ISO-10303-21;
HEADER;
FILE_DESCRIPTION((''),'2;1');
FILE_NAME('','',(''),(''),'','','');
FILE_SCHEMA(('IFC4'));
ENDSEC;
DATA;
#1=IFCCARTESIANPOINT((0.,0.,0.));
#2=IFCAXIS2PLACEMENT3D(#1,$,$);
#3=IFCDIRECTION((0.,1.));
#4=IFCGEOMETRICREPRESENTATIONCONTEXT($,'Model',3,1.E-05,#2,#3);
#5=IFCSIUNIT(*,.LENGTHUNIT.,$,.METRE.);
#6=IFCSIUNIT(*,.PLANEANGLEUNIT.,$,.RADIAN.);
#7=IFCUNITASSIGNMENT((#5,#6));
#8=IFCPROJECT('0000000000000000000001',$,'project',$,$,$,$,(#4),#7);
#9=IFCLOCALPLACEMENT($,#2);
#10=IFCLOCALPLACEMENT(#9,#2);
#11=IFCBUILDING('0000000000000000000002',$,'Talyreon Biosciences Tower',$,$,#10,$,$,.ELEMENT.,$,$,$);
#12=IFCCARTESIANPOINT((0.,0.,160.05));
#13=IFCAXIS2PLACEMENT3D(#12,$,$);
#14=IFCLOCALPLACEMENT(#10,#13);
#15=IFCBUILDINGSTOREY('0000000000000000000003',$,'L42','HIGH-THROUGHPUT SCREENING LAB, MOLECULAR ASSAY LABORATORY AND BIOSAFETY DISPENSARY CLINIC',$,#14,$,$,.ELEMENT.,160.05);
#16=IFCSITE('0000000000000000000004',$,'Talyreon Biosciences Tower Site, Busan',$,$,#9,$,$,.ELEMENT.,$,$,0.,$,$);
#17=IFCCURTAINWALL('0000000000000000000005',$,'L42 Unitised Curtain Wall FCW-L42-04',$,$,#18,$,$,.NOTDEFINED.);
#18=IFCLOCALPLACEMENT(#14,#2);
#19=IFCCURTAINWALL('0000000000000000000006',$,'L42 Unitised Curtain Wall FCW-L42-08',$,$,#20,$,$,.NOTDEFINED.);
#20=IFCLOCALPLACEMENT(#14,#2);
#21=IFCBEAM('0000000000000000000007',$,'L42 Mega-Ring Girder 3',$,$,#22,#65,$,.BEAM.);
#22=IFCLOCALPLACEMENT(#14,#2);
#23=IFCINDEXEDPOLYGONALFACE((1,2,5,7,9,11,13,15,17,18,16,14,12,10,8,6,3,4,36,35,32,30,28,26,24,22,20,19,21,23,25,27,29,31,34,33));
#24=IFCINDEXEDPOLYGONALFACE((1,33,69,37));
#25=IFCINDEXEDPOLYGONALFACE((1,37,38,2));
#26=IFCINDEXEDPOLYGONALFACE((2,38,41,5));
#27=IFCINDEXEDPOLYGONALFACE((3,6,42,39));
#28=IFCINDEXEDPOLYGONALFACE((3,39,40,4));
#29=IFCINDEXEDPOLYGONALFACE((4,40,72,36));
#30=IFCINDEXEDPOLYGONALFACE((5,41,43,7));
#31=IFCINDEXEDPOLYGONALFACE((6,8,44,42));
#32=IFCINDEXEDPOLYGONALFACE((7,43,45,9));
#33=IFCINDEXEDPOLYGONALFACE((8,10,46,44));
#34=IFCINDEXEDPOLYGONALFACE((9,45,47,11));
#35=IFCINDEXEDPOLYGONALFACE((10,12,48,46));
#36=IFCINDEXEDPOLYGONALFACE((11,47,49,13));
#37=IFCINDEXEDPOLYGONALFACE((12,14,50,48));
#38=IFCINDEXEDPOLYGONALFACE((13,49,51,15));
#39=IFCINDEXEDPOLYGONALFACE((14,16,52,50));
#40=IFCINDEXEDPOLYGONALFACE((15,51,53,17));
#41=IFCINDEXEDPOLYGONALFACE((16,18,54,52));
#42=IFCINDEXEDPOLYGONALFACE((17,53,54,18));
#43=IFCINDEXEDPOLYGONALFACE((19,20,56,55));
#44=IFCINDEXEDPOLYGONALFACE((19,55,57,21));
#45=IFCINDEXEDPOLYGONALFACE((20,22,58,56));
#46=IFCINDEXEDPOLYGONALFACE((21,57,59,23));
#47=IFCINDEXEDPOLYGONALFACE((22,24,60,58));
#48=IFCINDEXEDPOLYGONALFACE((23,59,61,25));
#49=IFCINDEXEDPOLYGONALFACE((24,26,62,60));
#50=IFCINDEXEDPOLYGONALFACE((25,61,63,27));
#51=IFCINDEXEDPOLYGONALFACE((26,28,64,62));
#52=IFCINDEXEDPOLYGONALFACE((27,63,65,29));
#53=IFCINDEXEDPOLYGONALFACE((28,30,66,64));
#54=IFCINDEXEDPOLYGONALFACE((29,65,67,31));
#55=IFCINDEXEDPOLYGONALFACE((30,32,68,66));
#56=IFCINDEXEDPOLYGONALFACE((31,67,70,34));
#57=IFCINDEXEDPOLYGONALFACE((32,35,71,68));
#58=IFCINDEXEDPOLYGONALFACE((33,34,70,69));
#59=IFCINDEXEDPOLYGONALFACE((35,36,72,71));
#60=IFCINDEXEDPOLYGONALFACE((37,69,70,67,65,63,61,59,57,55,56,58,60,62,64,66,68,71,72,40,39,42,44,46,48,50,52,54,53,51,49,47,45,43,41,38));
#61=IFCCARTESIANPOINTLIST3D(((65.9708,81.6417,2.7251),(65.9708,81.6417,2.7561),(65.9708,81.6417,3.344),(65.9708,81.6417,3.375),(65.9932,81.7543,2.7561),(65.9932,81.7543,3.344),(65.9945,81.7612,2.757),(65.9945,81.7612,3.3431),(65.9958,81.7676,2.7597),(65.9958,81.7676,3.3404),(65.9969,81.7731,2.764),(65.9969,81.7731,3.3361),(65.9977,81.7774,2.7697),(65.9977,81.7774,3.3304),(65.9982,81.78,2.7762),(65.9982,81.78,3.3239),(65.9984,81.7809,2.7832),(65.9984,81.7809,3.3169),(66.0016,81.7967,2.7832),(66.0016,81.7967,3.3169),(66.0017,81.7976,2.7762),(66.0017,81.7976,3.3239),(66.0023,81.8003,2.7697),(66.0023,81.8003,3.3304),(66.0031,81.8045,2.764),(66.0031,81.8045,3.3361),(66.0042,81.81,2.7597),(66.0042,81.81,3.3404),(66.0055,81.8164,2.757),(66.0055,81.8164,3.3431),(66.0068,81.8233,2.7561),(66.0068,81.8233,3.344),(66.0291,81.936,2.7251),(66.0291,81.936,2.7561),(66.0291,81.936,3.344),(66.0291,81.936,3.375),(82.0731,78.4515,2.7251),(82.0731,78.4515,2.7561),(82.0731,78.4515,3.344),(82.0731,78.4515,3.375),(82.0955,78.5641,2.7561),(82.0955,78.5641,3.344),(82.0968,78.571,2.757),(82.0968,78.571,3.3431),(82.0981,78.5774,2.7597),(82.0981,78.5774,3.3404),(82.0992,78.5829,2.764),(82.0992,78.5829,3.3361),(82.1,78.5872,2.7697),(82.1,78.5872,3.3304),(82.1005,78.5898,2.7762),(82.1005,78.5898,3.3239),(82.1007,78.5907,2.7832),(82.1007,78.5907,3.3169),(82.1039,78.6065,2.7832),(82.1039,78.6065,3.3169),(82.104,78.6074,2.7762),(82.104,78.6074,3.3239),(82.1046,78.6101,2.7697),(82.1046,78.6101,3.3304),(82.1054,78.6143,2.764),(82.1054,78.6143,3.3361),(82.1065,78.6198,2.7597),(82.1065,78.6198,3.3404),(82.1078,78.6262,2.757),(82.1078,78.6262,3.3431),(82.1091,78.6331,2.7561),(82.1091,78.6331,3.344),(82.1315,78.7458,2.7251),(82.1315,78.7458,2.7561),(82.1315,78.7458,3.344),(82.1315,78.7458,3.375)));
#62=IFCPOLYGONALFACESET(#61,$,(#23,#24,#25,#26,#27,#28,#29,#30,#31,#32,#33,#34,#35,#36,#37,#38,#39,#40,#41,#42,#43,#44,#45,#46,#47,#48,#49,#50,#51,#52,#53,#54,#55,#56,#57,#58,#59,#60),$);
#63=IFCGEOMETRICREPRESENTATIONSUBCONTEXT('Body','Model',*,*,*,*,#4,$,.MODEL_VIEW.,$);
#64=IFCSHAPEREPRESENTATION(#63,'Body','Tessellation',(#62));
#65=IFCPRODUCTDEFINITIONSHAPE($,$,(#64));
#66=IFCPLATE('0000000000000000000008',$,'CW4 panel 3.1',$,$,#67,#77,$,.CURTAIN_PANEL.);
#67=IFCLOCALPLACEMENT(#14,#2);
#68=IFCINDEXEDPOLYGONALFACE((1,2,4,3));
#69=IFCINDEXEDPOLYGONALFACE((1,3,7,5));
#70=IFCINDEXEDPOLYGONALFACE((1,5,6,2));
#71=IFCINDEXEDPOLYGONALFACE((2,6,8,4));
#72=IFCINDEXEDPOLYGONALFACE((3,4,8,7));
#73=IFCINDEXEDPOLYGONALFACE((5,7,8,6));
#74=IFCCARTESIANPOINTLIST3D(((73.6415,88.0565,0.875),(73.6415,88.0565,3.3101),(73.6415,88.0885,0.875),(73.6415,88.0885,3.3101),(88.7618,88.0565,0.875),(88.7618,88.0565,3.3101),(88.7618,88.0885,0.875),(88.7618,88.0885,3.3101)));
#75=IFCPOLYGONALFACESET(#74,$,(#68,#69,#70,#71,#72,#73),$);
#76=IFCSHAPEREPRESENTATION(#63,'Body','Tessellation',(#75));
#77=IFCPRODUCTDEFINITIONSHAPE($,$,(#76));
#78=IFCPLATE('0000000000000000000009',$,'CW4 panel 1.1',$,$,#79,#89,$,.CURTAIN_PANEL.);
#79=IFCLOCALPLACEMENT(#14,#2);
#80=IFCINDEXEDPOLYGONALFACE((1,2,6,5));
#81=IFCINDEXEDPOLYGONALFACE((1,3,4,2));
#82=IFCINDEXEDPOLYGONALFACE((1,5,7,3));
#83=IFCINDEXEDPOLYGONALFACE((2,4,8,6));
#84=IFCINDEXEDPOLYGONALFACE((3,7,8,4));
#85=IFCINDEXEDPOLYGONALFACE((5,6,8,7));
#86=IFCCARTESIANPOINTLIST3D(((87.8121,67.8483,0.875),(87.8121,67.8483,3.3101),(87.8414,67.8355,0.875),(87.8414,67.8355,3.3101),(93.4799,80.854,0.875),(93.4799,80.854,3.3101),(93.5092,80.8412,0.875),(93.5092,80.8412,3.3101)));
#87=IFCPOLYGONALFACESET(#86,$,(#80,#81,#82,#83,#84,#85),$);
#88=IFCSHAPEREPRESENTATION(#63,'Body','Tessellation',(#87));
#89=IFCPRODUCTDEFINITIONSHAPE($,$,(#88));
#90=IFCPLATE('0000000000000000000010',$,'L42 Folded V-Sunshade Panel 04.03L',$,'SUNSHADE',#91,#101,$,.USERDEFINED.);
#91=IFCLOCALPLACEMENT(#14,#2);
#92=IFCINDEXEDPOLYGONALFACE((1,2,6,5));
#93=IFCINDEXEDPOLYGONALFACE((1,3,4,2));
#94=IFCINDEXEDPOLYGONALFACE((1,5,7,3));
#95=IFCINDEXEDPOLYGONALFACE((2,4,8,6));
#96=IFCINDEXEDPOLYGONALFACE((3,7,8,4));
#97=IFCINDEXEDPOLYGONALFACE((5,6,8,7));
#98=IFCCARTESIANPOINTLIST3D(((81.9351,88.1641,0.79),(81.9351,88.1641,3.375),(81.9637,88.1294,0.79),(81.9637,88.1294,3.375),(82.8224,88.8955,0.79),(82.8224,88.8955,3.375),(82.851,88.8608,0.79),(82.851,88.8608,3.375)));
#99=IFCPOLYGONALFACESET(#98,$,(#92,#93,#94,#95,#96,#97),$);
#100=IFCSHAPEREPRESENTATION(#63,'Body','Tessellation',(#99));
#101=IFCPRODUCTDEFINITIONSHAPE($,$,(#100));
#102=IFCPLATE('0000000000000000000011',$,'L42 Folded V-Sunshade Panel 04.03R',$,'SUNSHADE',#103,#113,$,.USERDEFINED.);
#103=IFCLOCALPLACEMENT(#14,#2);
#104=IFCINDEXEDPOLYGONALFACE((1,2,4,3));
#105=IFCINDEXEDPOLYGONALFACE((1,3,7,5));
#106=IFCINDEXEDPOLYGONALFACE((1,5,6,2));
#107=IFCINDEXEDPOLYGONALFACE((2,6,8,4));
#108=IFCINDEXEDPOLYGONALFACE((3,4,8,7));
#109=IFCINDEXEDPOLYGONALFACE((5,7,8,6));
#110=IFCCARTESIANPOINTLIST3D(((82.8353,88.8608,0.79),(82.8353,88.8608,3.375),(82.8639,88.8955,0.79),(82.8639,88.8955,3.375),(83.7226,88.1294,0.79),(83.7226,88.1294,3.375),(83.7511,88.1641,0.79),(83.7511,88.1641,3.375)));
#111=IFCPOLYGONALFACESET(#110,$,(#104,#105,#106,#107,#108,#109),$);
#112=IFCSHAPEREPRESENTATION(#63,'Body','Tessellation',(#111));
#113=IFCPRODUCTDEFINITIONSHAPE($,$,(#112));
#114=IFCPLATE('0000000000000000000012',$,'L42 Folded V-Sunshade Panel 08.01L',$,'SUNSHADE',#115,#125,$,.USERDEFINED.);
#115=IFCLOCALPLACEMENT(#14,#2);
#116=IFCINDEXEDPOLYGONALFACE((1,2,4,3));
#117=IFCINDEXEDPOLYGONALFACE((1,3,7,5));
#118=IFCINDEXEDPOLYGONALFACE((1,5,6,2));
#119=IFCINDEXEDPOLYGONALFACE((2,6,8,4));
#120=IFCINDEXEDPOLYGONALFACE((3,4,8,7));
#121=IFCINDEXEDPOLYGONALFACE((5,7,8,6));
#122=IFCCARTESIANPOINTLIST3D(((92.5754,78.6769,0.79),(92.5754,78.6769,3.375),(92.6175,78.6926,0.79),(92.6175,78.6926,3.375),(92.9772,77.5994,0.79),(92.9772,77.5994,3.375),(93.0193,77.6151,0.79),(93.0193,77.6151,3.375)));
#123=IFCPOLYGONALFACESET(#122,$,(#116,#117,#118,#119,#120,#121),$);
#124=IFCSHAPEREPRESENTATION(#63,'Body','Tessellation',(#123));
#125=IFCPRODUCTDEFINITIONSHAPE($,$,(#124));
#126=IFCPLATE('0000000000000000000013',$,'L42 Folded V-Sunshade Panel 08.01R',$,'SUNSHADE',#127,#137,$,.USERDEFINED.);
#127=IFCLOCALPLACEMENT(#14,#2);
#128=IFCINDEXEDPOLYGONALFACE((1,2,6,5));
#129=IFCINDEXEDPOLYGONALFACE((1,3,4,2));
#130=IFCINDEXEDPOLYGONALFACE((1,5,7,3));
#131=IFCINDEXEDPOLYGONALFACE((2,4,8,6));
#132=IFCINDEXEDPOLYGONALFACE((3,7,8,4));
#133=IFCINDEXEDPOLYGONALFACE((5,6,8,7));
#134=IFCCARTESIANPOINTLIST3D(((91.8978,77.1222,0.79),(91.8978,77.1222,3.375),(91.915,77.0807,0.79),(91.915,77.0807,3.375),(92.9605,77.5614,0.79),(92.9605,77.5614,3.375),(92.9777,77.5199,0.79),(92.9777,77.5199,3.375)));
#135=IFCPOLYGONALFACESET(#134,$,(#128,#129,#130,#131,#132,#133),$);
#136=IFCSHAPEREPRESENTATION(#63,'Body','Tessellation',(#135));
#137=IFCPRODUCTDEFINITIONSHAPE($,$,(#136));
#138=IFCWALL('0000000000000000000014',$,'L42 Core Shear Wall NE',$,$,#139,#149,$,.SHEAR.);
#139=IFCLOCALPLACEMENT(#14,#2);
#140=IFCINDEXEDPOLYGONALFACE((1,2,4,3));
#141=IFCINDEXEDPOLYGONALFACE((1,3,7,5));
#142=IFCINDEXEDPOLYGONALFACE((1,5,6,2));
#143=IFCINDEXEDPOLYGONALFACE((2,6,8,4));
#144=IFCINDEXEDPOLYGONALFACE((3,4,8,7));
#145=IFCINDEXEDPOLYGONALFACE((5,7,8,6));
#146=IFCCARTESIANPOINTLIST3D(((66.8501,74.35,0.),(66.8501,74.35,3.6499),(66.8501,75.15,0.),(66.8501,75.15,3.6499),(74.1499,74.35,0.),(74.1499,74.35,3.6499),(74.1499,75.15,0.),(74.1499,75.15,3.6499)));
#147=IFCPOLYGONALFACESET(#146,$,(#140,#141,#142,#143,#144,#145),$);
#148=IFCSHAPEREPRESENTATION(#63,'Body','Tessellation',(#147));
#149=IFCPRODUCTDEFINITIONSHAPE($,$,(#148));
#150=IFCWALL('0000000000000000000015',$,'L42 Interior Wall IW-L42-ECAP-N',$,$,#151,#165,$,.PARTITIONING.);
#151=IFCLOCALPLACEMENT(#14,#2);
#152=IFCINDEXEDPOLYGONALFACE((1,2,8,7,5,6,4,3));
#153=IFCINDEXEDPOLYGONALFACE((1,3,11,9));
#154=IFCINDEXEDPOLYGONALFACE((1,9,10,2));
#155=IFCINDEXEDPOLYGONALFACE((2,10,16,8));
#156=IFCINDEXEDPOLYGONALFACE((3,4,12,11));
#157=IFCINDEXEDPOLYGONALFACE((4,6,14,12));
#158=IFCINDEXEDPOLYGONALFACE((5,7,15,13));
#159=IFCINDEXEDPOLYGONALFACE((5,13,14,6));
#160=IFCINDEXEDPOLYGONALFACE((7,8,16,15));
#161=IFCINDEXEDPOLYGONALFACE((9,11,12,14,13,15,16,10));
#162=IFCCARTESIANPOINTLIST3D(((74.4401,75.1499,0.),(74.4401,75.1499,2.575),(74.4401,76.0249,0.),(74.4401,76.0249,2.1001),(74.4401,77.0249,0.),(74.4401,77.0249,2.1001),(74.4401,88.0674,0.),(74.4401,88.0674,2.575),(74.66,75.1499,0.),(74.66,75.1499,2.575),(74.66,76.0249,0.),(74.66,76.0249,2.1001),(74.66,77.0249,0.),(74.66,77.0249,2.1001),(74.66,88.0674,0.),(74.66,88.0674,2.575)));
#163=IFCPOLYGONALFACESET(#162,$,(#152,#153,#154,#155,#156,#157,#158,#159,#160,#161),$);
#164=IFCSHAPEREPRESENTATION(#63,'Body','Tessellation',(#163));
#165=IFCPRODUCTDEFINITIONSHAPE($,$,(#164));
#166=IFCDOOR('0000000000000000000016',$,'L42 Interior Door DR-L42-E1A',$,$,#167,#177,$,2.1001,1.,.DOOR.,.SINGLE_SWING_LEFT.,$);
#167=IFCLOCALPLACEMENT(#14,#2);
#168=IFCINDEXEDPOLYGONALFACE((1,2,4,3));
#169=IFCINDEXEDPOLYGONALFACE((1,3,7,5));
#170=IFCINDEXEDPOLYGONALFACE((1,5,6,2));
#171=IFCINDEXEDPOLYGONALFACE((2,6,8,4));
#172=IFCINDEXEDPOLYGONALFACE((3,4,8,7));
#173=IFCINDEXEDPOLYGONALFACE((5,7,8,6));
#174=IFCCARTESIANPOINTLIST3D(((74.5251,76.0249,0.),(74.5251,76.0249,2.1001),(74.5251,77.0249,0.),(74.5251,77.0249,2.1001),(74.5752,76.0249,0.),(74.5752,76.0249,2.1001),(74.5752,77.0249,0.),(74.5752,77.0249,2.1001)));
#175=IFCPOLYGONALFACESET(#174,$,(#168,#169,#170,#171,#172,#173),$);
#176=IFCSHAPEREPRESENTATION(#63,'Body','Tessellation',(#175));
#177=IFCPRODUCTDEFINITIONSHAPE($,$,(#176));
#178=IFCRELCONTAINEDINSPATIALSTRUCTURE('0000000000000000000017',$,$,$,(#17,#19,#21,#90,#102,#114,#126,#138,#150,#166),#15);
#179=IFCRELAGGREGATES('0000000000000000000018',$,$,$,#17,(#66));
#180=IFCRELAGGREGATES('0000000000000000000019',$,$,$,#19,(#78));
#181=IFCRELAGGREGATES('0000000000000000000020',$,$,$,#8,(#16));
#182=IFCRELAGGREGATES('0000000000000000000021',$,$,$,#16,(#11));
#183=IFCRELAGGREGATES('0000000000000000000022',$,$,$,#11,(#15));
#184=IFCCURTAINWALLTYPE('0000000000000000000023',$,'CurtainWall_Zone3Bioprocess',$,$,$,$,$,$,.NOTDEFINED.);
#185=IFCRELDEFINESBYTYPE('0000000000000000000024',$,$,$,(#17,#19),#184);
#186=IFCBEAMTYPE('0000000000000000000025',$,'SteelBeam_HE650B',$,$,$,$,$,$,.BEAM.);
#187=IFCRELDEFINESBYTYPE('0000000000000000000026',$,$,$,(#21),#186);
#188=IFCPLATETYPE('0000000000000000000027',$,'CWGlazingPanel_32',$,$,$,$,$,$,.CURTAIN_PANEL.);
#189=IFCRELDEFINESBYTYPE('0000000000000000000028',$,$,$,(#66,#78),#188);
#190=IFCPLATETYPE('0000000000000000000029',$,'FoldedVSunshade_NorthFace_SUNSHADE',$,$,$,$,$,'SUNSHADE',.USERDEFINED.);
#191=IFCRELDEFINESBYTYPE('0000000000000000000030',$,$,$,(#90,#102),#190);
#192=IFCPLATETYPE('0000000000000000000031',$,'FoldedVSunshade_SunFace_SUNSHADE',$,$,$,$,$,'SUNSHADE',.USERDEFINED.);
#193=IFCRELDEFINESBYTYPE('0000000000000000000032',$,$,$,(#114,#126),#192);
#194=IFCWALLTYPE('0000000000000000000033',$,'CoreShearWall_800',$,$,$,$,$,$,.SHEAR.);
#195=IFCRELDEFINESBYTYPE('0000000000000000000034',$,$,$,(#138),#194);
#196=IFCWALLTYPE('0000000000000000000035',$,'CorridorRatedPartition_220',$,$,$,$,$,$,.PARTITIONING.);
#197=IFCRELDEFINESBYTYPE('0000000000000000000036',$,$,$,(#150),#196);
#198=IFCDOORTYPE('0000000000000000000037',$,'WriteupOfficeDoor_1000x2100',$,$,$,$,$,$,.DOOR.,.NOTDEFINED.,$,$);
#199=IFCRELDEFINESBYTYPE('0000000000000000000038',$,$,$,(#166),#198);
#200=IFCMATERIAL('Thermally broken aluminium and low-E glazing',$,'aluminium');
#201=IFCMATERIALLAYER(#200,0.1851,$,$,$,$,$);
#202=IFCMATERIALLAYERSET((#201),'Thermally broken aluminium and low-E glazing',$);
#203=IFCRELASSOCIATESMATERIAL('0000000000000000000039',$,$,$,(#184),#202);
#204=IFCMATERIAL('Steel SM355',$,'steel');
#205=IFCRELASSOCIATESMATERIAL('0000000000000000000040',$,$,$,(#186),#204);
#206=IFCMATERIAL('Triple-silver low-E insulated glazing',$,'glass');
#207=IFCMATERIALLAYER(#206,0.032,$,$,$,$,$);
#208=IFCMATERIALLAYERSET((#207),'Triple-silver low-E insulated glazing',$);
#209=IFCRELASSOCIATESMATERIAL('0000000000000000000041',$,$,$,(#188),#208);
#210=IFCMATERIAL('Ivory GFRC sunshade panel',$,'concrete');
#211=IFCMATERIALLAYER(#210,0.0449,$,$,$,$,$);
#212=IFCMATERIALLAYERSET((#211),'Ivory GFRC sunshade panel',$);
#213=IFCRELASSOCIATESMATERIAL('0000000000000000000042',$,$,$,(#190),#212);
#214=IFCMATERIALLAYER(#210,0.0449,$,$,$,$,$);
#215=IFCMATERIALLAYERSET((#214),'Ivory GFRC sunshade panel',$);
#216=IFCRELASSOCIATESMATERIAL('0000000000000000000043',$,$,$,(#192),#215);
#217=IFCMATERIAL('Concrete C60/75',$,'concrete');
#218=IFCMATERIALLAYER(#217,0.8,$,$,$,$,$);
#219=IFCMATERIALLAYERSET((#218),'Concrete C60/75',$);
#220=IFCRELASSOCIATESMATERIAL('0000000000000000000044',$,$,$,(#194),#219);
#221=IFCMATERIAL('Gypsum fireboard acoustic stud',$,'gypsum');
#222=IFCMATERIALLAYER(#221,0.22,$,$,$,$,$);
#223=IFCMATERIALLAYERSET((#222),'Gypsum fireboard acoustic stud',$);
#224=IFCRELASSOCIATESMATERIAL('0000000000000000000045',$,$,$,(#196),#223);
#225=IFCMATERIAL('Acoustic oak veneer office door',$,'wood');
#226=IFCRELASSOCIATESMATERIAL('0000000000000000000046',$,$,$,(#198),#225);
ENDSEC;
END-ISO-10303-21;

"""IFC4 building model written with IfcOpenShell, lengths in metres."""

from ifc_helpers import new_model, si_unit, direction, frame, frame_2d, origin, origin_2d, place, context, subcontext, project, spatial, rectangle, i_section, extrude, material, layer, layer_set, material_profile, profile_set, type_object, element, fill, aggregate, save


model = new_model("IFC4")

# Units and contexts
model_context = context("Model", 3, precision=1e-05, world=origin(), true_north=direction((0.0, 1.0)))
body_context = subcontext(model_context, "Body", "Model", "MODEL_VIEW")
ifc_project = project(units=[si_unit("LENGTHUNIT", "METRE"), si_unit("PLANEANGLEUNIT", "RADIAN")], contexts=[model_context])

# Site, building, storey
site_placement = place(None, origin())
site = spatial("IfcSite", under=ifc_project, at=site_placement, Name="Talyreon Biosciences Tower Site, Busan", CompositionType="ELEMENT", RefElevation=0.0)
building_placement = place(site_placement, origin())
building = spatial("IfcBuilding", under=site, at=building_placement, Name="Talyreon Biosciences Tower", CompositionType="ELEMENT")
storey_placement = place(building_placement, frame((0.0, 0.0, 160.05)))
storey = spatial("IfcBuildingStorey", under=building, at=storey_placement, Name="L42", Description="HIGH-THROUGHPUT SCREENING LAB, MOLECULAR ASSAY LABORATORY AND BIOSAFETY DISPENSARY CLINIC", CompositionType="ELEMENT", Elevation=160.05)

# Shared definitions
ifc_material_1 = material(Name="Concrete C60/75", Category="concrete")

# Curtain wall
ifc_material_2 = material(Name="Thermally broken aluminium and low-E glazing", Category="aluminium")
ifc_layer_1 = layer(ifc_material_2, 0.1851)
ifc_layer_set_1 = layer_set([ifc_layer_1], Name="Thermally broken aluminium and low-E glazing")
curtain_wall_type = type_object("IfcCurtainWallType", Name="CurtainWall_Zone3Bioprocess", PredefinedType="NOTDEFINED", material=ifc_layer_set_1)
curtain_wall_1_placement = place(storey_placement, origin())
curtain_wall_1 = element("IfcCurtainWall", 1, at=curtain_wall_1_placement, inside=storey, type_object=curtain_wall_type, Name="L42 Unitised Curtain Wall FCW-L42-04", PredefinedType="NOTDEFINED")

# Curtain wall
curtain_wall_2_placement = place(storey_placement, origin())
curtain_wall_2 = element("IfcCurtainWall", 2, at=curtain_wall_2_placement, inside=storey, type_object=curtain_wall_type, Name="L42 Unitised Curtain Wall FCW-L42-08", PredefinedType="NOTDEFINED")

# Beam
ifc_material_3 = material(Name="Steel SM355", Category="steel")
ifc_material_profile_1 = material_profile(ifc_material_3, i_section(OverallWidth=0.3, OverallDepth=0.6499, WebThickness=0.0161, FlangeThickness=0.031, FilletRadius=0.0271, at=origin_2d()), Name="HE650B")
ifc_profile_set_1 = profile_set([ifc_material_profile_1], Name="Steel SM355")
beam_type_1 = type_object("IfcBeamType", Name="SteelBeam_HE650B", PredefinedType="BEAM", material=ifc_profile_set_1)
beam_1_placement = place(storey_placement, frame((82.1023, 78.5986, 3.05), z_axis=(-0.980934, 0.194343, 0.0), x_axis=(-0.194343, -0.980934, 0.0)))
element("IfcBeam", 3, at=beam_1_placement, inside=storey, type_object=beam_type_1, Name="L42 Mega-Ring Girder 3", PredefinedType="BEAM", context=body_context, shape_type="SweptSolid", body=[
    extrude(i_section(OverallWidth=0.3, OverallDepth=0.6499, WebThickness=0.0161, FlangeThickness=0.031, FilletRadius=0.0271, at=origin_2d()), origin(), (0.0, 0.0, 1.0), 16.4153),
])

# Plates
ifc_material_4 = material(Name="Triple-silver low-E insulated glazing", Category="glass")
ifc_layer_2 = layer(ifc_material_4, 0.032)
ifc_layer_set_2 = layer_set([ifc_layer_2], Name="Triple-silver low-E insulated glazing")
plate_type_1 = type_object("IfcPlateType", Name="CWGlazingPanel_32", PredefinedType="CURTAIN_PANEL", material=ifc_layer_set_2)
plate_1_placement = place(storey_placement, frame((81.2017, 88.0725, 0.875), z_axis=(0.0, 0.0, 1.0), x_axis=(1.0, 0.0, 0.0)))
plate_1 = element("IfcPlate", 4, at=plate_1_placement, type_object=plate_type_1, Name="CW4 panel 3.1", PredefinedType="CURTAIN_PANEL", context=body_context, shape_type="SweptSolid", body=[
    extrude(rectangle(XDim=15.1204, YDim=0.032, at=origin_2d()), origin(), (0.0, 0.0, 1.0), 2.4351),
])
aggregate(curtain_wall_1, [plate_1])
plate_2_placement = place(storey_placement, frame((90.6606, 74.3447, 0.875), z_axis=(0.0, 0.0, 1.0), x_axis=(-0.399505, -0.916731, 0.0)))
plate_2 = element("IfcPlate", 5, at=plate_2_placement, type_object=plate_type_1, Name="CW4 panel 1.1", PredefinedType="CURTAIN_PANEL", context=body_context, shape_type="SweptSolid", body=[
    extrude(rectangle(XDim=14.187, YDim=0.032, at=origin_2d()), origin(), (0.0, 0.0, 1.0), 2.4351),
])
aggregate(curtain_wall_2, [plate_2])

# Plates
ifc_material_5 = material(Name="Ivory GFRC sunshade panel", Category="concrete")
ifc_layer_3 = layer(ifc_material_5, 0.0449)
ifc_layer_set_3 = layer_set([ifc_layer_3], Name="Ivory GFRC sunshade panel")
plate_type_2 = type_object("IfcPlateType", Name="FoldedVSunshade_NorthFace_SUNSHADE", ElementType="SUNSHADE", PredefinedType="USERDEFINED", material=ifc_layer_set_3)
for number, where, z_axis, x_axis, name in (
    (6, (82.3931, 88.5125, 0.79), (0.0, 0.0, 1.0), (0.771625, 0.636078, 0.0), "L42 Folded V-Sunshade Panel 04.03L"),
    (7, (83.2932, 88.5125, 0.79), (0.0, 0.0, 1.0), (0.771625, -0.636078, 0.0), "L42 Folded V-Sunshade Panel 04.03R"),
):
    element("IfcPlate", number, at=place(storey_placement, frame(where, z_axis=z_axis, x_axis=x_axis)), inside=storey, type_object=plate_type_2, Name=name, ObjectType="SUNSHADE", PredefinedType="USERDEFINED", context=body_context, shape_type="SweptSolid", body=[
        extrude(rectangle(XDim=1.1499, YDim=0.0449, at=origin_2d()), origin(), (0.0, 0.0, 1.0), 2.585),
    ])
ifc_layer_4 = layer(ifc_material_5, 0.0449)
ifc_layer_set_4 = layer_set([ifc_layer_4], Name="Ivory GFRC sunshade panel")
plate_type_3 = type_object("IfcPlateType", Name="FoldedVSunshade_SunFace_SUNSHADE", ElementType="SUNSHADE", PredefinedType="USERDEFINED", material=ifc_layer_set_4)
for number, where, z_axis, x_axis, name in (
    (8, (92.7974, 78.146, 0.79), (0.0, 0.0, 1.0), (0.349439, -0.936959, 0.0), "L42 Folded V-Sunshade Panel 08.01L"),
    (9, (92.4377, 77.321, 0.79), (0.0, 0.0, 1.0), (-0.924193, -0.381925, 0.0), "L42 Folded V-Sunshade Panel 08.01R"),
):
    element("IfcPlate", number, at=place(storey_placement, frame(where, z_axis=z_axis, x_axis=x_axis)), inside=storey, type_object=plate_type_3, Name=name, ObjectType="SUNSHADE", PredefinedType="USERDEFINED", context=body_context, shape_type="SweptSolid", body=[
        extrude(rectangle(XDim=1.1499, YDim=0.0449, at=origin_2d()), origin(), (0.0, 0.0, 1.0), 2.585),
    ])

# Wall
ifc_layer_5 = layer(ifc_material_1, 0.8)
ifc_layer_set_5 = layer_set([ifc_layer_5], Name="Concrete C60/75")
wall_type_1 = type_object("IfcWallType", Name="CoreShearWall_800", PredefinedType="SHEAR", material=ifc_layer_set_5)
wall_1_placement = place(storey_placement, frame((74.1499, 74.75, 0.0), z_axis=(0.0, 0.0, 1.0), x_axis=(-1.0, 0.0, 0.0)))
element("IfcWall", 10, at=wall_1_placement, inside=storey, type_object=wall_type_1, Name="L42 Core Shear Wall NE", PredefinedType="SHEAR", context=body_context, shape_type="SweptSolid", body=[
    extrude(rectangle(XDim=7.2998, YDim=0.8, at=frame_2d((3.6499, 0.0))), origin(), (0.0, 0.0, 1.0), 3.6499),
])

# Wall, opening, door
ifc_material_6 = material(Name="Gypsum fireboard acoustic stud", Category="gypsum")
ifc_layer_6 = layer(ifc_material_6, 0.22)
ifc_layer_set_6 = layer_set([ifc_layer_6], Name="Gypsum fireboard acoustic stud")
wall_type_2 = type_object("IfcWallType", Name="CorridorRatedPartition_220", PredefinedType="PARTITIONING", material=ifc_layer_set_6)
wall_2_placement = place(storey_placement, frame((74.55, 75.1499, 0.0), z_axis=(0.0, 0.0, 1.0), x_axis=(0.0, 1.0, 0.0)))
wall_2 = element("IfcWall", 11, at=wall_2_placement, inside=storey, type_object=wall_type_2, Name="L42 Interior Wall IW-L42-ECAP-N", PredefinedType="PARTITIONING", context=body_context, shape_type="SweptSolid", body=[
    extrude(rectangle(XDim=12.9175, YDim=0.22, at=frame_2d((6.4587, 0.0))), origin(), (0.0, 0.0, 1.0), 2.575),
])
opening_placement = place(wall_2_placement, frame((0.875, 0.0, 0.0)))
opening = element("IfcOpeningElement", 12, at=opening_placement, cuts=wall_2, PredefinedType="OPENING", context=body_context, shape_type="SweptSolid", body=[
    extrude(rectangle(XDim=1.0, YDim=2.1001, at=frame_2d((0.5, 1.05))), frame((0.0, 0.1199, 0.0), z_axis=(0.0, -1.0, 0.0), x_axis=(1.0, 0.0, 0.0)), (0.0, 0.0, 1.0), 0.24),
])
ifc_material_7 = material(Name="Acoustic oak veneer office door", Category="wood")
door_type = type_object("IfcDoorType", Name="WriteupOfficeDoor_1000x2100", OperationType="NOTDEFINED", PredefinedType="DOOR", material=ifc_material_7)
door_placement = place(opening_placement, origin())
door = element("IfcDoor", 13, at=door_placement, inside=storey, type_object=door_type, Name="L42 Interior Door DR-L42-E1A", OperationType="SINGLE_SWING_LEFT", OverallHeight=2.1001, OverallWidth=1.0, PredefinedType="DOOR", context=body_context, shape_type="SweptSolid", body=[
    extrude(rectangle(XDim=1.0, YDim=2.1001, at=frame_2d((0.5, 1.05))), frame((0.0, 0.0249, 0.0), z_axis=(0.0, -1.0, 0.0), x_axis=(1.0, 0.0, 0.0)), (0.0, 0.0, 1.0), 0.05),
])
fill(opening, door)

save(model, "model.ifc")
